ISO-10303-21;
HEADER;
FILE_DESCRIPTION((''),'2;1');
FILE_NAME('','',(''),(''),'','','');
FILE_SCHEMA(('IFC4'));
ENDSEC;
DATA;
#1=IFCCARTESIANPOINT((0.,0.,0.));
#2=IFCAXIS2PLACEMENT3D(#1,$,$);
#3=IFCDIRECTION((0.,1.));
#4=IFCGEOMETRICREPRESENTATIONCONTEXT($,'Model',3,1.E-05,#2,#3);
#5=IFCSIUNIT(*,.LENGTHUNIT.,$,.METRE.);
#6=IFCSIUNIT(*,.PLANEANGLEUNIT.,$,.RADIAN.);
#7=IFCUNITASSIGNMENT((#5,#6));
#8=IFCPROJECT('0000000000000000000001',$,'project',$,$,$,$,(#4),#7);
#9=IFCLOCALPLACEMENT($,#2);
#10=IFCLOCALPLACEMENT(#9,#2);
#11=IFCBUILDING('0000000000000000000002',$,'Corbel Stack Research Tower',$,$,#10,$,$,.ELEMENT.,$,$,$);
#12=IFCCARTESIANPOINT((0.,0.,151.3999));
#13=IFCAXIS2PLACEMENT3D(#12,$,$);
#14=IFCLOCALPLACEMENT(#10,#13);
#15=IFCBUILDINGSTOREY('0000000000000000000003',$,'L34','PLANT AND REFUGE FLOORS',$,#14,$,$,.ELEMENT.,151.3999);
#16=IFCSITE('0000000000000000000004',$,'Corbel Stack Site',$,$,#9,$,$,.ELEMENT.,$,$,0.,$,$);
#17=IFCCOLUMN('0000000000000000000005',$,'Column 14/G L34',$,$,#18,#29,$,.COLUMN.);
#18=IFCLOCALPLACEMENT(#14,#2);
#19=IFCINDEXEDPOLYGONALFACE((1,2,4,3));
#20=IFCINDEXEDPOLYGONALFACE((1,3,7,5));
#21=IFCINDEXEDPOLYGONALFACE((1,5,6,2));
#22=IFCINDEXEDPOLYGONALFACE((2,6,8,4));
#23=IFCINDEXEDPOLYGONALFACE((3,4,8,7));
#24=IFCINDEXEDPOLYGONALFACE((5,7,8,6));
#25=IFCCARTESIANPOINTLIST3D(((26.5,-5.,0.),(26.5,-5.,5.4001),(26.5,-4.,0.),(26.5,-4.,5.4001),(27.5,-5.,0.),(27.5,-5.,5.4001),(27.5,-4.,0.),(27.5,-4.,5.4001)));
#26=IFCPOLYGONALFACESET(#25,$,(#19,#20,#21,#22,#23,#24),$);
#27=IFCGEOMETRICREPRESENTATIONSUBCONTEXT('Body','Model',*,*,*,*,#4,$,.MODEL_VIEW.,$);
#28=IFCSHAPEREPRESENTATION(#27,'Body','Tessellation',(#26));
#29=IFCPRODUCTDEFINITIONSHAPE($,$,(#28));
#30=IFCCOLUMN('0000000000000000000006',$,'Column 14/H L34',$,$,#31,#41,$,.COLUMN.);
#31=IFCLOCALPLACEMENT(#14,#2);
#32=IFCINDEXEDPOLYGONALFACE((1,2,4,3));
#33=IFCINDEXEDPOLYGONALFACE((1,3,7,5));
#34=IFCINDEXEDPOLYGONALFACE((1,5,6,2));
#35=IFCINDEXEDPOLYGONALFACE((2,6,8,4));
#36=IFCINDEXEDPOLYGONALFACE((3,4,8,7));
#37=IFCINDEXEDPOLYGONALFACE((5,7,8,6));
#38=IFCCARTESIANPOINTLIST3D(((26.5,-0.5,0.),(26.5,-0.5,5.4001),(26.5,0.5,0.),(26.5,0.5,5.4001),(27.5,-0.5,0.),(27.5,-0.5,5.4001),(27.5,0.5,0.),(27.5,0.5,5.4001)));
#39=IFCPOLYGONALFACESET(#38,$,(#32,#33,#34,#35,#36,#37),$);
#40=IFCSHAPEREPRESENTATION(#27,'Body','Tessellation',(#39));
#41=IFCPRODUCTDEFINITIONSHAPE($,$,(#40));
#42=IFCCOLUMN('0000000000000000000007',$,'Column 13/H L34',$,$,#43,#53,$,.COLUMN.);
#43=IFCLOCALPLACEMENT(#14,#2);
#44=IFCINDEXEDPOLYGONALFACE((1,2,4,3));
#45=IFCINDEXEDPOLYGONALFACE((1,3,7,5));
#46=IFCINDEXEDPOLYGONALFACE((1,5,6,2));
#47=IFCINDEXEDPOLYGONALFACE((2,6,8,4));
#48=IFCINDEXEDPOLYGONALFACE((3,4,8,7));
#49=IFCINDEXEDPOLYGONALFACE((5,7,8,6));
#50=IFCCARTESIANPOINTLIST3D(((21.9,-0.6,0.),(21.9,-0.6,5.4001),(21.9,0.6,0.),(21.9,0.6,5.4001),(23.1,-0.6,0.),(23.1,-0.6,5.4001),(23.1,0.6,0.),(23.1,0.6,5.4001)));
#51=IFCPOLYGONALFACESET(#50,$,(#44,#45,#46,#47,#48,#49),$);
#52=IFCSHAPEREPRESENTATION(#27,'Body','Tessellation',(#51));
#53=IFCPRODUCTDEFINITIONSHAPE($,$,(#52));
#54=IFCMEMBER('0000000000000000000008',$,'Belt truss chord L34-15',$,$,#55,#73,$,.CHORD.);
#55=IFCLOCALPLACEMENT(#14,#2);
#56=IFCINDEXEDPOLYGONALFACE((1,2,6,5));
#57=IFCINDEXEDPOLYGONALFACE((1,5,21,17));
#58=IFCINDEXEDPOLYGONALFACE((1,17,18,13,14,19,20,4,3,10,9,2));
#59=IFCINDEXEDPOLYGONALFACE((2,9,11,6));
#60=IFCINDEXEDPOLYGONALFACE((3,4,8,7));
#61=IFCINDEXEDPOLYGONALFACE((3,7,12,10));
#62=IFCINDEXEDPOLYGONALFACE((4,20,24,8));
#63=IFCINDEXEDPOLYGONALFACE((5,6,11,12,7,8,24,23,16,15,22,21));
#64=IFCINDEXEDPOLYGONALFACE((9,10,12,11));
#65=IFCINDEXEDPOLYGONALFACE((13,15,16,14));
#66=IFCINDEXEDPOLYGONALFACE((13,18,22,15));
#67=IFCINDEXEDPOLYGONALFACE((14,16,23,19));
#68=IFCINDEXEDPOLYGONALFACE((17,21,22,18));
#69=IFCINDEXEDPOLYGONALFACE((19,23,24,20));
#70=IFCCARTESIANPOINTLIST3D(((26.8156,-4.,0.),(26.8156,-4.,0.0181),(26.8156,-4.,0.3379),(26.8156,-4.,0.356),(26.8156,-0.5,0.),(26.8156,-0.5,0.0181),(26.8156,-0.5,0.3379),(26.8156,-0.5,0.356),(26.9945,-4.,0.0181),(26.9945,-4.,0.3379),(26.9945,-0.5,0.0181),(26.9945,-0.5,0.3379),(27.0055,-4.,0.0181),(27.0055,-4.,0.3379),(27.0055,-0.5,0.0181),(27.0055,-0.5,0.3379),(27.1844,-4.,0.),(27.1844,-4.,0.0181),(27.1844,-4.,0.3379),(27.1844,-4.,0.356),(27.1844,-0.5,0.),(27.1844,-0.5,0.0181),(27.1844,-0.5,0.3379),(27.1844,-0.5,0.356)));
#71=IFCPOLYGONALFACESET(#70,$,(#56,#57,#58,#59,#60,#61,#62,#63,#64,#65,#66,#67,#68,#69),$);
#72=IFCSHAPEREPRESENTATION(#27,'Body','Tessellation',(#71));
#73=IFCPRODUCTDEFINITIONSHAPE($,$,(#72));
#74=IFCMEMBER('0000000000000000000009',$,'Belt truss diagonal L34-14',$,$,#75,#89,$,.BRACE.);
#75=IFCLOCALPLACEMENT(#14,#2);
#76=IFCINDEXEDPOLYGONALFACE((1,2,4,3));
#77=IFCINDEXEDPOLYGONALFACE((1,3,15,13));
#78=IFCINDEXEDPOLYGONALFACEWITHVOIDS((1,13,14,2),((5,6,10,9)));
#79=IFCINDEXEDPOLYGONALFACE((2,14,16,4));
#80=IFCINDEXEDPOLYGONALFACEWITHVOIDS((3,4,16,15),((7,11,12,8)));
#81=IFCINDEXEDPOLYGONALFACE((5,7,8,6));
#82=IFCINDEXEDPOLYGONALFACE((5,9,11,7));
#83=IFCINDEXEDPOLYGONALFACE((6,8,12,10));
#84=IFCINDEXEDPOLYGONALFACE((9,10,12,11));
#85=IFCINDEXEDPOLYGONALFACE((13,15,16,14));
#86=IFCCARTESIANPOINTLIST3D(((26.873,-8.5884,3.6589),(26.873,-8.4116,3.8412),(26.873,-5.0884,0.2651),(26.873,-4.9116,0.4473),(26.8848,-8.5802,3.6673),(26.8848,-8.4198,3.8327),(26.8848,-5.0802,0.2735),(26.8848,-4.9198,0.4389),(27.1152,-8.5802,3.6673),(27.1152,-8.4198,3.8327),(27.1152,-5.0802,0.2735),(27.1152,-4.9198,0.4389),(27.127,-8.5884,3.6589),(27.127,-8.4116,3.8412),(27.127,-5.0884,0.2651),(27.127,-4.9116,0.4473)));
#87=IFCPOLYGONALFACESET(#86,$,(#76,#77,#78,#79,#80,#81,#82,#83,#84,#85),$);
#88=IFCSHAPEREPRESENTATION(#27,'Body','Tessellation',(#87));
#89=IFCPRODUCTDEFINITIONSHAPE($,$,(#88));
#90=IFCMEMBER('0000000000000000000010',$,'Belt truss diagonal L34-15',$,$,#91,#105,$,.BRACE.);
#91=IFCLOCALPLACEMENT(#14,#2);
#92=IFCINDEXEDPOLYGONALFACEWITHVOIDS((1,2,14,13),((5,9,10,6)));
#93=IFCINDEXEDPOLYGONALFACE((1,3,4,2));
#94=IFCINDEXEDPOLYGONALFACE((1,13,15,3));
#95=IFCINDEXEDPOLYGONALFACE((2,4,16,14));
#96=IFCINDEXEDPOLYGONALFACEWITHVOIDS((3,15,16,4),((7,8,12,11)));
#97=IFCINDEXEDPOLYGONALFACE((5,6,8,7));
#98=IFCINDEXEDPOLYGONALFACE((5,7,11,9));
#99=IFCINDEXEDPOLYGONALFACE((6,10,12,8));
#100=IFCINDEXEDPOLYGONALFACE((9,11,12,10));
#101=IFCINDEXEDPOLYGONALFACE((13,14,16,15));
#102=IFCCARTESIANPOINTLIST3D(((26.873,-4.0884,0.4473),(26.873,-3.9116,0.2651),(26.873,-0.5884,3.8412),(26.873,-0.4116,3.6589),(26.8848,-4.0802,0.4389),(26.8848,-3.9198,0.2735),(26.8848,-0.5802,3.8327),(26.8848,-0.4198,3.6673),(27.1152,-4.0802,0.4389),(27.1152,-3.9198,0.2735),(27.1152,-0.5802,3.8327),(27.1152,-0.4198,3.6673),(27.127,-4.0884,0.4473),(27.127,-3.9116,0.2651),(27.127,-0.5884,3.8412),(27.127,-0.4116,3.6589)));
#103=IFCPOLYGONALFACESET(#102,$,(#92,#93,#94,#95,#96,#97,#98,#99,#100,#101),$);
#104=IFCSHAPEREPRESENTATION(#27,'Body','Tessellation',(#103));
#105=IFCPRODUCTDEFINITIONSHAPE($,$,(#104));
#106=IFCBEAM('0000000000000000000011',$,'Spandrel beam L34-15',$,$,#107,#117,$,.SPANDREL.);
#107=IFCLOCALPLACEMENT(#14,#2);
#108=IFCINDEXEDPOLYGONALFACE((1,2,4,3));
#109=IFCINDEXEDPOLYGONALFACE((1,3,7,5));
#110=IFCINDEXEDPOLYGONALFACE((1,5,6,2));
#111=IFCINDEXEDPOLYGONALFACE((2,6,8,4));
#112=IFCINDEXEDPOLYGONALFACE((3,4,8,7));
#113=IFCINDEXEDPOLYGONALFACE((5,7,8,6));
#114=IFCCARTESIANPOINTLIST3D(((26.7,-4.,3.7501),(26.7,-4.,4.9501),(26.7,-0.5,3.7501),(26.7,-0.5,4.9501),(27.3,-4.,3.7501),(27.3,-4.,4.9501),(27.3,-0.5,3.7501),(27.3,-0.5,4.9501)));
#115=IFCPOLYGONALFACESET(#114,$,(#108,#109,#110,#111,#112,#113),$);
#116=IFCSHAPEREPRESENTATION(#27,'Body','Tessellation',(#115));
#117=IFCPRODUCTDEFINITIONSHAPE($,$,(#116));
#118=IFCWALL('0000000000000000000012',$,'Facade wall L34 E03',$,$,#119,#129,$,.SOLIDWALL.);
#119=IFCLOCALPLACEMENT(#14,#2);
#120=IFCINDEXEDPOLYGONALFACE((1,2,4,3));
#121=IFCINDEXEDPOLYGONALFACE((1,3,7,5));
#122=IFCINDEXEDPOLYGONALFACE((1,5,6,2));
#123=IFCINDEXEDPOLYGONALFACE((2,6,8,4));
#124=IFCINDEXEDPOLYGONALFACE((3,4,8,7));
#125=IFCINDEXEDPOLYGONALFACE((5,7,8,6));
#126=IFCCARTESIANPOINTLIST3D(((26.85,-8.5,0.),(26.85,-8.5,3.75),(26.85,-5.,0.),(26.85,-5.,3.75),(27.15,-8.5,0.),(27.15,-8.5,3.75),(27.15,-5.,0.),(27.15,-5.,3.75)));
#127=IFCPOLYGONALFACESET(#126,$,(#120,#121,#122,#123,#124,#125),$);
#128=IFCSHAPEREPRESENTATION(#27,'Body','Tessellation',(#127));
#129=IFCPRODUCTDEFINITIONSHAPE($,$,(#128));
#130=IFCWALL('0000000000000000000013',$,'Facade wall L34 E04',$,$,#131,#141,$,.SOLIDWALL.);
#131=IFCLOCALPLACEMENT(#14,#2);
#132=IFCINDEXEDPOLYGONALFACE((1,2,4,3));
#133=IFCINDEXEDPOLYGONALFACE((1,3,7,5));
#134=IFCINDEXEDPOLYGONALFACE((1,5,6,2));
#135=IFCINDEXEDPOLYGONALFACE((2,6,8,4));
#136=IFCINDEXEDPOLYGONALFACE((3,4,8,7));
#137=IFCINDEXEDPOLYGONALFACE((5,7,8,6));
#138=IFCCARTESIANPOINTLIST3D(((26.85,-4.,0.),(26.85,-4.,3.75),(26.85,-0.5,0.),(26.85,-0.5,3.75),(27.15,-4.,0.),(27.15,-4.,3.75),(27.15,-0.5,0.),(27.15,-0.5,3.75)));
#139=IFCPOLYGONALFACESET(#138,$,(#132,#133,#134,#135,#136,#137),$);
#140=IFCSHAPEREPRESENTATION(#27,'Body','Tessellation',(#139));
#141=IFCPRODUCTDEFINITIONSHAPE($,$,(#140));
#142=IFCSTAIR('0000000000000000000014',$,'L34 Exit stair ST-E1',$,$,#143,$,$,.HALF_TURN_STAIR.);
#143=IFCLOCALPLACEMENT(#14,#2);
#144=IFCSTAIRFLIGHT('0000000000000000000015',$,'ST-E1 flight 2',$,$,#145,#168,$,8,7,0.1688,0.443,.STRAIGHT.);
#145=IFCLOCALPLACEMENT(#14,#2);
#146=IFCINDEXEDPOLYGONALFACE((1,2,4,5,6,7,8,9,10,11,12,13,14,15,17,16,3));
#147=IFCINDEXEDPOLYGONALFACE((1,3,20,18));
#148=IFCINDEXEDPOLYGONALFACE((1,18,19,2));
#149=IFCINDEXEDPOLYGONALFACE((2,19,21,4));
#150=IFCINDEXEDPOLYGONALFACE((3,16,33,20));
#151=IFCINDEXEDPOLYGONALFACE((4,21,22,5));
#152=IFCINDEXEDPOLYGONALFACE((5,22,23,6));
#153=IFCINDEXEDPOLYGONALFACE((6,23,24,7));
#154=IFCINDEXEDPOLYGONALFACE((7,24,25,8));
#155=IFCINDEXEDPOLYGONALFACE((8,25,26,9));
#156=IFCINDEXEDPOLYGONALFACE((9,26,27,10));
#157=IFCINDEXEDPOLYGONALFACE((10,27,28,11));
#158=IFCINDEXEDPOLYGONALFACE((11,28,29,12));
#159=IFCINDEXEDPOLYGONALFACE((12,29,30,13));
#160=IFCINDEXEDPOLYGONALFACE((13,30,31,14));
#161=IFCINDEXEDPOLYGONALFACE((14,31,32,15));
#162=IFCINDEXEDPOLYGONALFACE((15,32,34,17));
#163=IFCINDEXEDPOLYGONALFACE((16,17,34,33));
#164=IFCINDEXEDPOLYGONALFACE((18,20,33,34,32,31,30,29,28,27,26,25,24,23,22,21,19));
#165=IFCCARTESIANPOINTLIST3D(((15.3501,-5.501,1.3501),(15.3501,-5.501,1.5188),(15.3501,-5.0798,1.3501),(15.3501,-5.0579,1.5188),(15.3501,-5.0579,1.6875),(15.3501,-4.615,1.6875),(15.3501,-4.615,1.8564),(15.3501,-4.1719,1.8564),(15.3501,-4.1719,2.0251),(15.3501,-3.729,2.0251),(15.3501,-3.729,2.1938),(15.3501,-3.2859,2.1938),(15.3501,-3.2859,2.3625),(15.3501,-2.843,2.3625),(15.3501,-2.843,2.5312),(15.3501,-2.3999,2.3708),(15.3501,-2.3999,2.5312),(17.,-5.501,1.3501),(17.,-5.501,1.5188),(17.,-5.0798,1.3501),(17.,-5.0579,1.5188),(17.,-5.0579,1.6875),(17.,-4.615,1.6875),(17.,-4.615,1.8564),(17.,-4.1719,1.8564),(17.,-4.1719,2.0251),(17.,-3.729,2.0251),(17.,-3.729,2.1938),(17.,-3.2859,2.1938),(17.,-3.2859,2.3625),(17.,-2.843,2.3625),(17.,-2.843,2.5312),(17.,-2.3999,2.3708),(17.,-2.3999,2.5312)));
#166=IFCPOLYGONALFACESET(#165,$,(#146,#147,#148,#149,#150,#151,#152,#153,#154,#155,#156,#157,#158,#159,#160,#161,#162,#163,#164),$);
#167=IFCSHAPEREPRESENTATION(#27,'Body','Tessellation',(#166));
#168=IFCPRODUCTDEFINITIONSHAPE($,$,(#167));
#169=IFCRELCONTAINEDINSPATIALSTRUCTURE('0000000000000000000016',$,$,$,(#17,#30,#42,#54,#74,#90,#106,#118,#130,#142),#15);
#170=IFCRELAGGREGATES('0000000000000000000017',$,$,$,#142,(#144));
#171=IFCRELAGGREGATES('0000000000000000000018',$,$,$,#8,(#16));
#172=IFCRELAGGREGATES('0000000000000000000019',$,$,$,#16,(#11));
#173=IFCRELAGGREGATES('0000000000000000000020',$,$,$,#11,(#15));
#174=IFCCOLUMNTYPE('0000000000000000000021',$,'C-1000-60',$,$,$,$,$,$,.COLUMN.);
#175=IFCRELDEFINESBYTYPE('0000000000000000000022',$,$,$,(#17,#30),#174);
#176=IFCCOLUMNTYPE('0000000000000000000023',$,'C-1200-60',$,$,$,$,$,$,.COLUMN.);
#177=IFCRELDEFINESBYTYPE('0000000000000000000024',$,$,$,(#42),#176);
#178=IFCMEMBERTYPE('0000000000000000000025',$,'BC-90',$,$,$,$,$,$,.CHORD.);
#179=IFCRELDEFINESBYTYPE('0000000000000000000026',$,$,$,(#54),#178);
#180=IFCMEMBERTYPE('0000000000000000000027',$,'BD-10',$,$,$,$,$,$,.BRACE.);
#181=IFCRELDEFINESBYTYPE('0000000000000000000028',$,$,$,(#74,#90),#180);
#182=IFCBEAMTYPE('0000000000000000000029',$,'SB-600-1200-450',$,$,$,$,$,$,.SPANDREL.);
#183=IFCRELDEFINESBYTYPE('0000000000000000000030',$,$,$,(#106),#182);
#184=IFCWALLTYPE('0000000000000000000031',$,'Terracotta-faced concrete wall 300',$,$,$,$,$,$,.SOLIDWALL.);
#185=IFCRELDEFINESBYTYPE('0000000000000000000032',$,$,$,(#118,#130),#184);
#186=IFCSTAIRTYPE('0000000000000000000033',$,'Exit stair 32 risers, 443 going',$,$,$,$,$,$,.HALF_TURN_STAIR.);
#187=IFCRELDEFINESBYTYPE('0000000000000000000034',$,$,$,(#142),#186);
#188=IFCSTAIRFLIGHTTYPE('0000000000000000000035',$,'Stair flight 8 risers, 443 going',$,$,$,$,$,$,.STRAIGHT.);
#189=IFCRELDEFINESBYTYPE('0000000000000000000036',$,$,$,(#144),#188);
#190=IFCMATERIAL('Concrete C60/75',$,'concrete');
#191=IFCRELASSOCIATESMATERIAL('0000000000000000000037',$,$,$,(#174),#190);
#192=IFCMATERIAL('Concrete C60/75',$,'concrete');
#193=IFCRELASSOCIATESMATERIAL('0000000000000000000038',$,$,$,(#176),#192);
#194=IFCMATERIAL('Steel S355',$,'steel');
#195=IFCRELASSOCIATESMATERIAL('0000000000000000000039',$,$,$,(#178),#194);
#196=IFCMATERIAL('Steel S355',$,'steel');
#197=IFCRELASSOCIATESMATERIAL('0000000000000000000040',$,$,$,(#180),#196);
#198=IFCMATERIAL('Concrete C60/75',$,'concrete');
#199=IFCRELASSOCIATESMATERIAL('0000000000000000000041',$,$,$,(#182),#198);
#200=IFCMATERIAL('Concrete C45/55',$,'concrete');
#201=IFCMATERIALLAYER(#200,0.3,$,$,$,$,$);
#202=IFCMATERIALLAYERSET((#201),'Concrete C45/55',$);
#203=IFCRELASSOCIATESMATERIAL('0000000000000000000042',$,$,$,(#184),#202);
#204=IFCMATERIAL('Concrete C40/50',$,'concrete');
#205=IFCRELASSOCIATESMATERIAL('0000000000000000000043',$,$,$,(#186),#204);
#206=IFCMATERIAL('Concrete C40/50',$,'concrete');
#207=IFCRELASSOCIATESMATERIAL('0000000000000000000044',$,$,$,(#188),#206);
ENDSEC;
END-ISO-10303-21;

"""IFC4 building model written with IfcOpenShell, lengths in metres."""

from ifc_helpers import new_model, si_unit, direction, frame, frame_2d, origin, origin_2d, place, context, subcontext, project, spatial, polyline, rectangle, hollow_rectangle, i_section, outline, extrude, material, layer, layer_set, material_profile, profile_set, type_object, element, aggregate, save


model = new_model("IFC4")

# Units and contexts
model_context = context("Model", 3, precision=1e-05, world=origin(), true_north=direction((0.0, 1.0)))
body_context = subcontext(model_context, "Body", "Model", "MODEL_VIEW")
ifc_project = project(units=[si_unit("LENGTHUNIT", "METRE"), si_unit("PLANEANGLEUNIT", "RADIAN")], contexts=[model_context])

# Site, building, storey
site_placement = place(None, origin())
site = spatial("IfcSite", under=ifc_project, at=site_placement, Name="Corbel Stack Site", CompositionType="ELEMENT", RefElevation=0.0)
building_placement = place(site_placement, origin())
building = spatial("IfcBuilding", under=site, at=building_placement, Name="Corbel Stack Research Tower", CompositionType="ELEMENT")
storey_placement = place(building_placement, frame((0.0, 0.0, 151.3999)))
storey = spatial("IfcBuildingStorey", under=building, at=storey_placement, Name="L34", Description="PLANT AND REFUGE FLOORS", CompositionType="ELEMENT", Elevation=151.3999)

# Columns
ifc_material_1 = material(Name="Concrete C60/75", Category="concrete")
ifc_material_profile_1 = material_profile(ifc_material_1, rectangle(XDim=1.0, YDim=1.0, at=origin_2d()), Name="RC 1000 x 1000")
ifc_profile_set_1 = profile_set([ifc_material_profile_1], Name="Concrete C60/75")
column_type_1 = type_object("IfcColumnType", Name="C-1000-60", PredefinedType="COLUMN", material=ifc_profile_set_1)
for number, where, z_axis, x_axis, name in (
    (1, (27.0, -4.5, 0.0), (0.0, 0.0, 1.0), (1.0, 0.0, 0.0), "Column 14/G L34"),
    (2, (27.0, 0.0, 0.0), (0.0, 0.0, 1.0), (1.0, 0.0, 0.0), "Column 14/H L34"),
):
    element("IfcColumn", number, at=place(storey_placement, frame(where, z_axis=z_axis, x_axis=x_axis)), inside=storey, type_object=column_type_1, Name=name, PredefinedType="COLUMN", context=body_context, shape_type="SweptSolid", body=[
        extrude(rectangle(XDim=1.0, YDim=1.0, at=origin_2d()), origin(), (0.0, 0.0, 1.0), 5.4001),
    ])
ifc_material_2 = material(Name="Concrete C60/75", Category="concrete")
ifc_material_profile_2 = material_profile(ifc_material_2, rectangle(XDim=1.2, YDim=1.2, at=origin_2d()), Name="RC 1200 x 1200")
ifc_profile_set_2 = profile_set([ifc_material_profile_2], Name="Concrete C60/75")
column_type_2 = type_object("IfcColumnType", Name="C-1200-60", PredefinedType="COLUMN", material=ifc_profile_set_2)
column_placement = place(storey_placement, frame((22.5, 0.0, 0.0), z_axis=(0.0, 0.0, 1.0), x_axis=(1.0, 0.0, 0.0)))
element("IfcColumn", 3, at=column_placement, inside=storey, type_object=column_type_2, Name="Column 13/H L34", PredefinedType="COLUMN", context=body_context, shape_type="SweptSolid", body=[
    extrude(rectangle(XDim=1.2, YDim=1.2, at=origin_2d()), origin(), (0.0, 0.0, 1.0), 5.4001),
])

# Members
ifc_material_3 = material(Name="Steel S355", Category="steel")
ifc_material_profile_3 = material_profile(ifc_material_3, i_section(OverallWidth=0.3689, OverallDepth=0.356, WebThickness=0.011, FlangeThickness=0.0181, at=origin_2d()), Name="W14x90")
ifc_profile_set_3 = profile_set([ifc_material_profile_3], Name="Steel S355")
member_type_1 = type_object("IfcMemberType", Name="BC-90", PredefinedType="CHORD", material=ifc_profile_set_3)
member_placement = place(storey_placement, frame((27.0, -4.0, 0.178), z_axis=(0.0, 1.0, 0.0), x_axis=(-1.0, 0.0, 0.0)))
element("IfcMember", 4, at=member_placement, inside=storey, type_object=member_type_1, Name="Belt truss chord L34-15", PredefinedType="CHORD", context=body_context, shape_type="SweptSolid", body=[
    extrude(i_section(OverallWidth=0.3689, OverallDepth=0.356, WebThickness=0.011, FlangeThickness=0.0181, at=origin_2d()), origin(), (0.0, 0.0, 1.0), 3.5),
])
ifc_material_4 = material(Name="Steel S355", Category="steel")
ifc_material_profile_4 = material_profile(ifc_material_4, hollow_rectangle(XDim=0.2539, YDim=0.2539, WallThickness=0.0117, at=origin_2d()), Name="HSS10x10x1/2")
ifc_profile_set_4 = profile_set([ifc_material_profile_4], Name="Steel S355")
member_type_2 = type_object("IfcMemberType", Name="BD-10", PredefinedType="BRACE", material=ifc_profile_set_4)
for number, where, z_axis, x_axis, name in (
    (5, (27.0, -5.0, 0.3562), (0.0, -0.717915, 0.696131), (1.0, 0.0, 0.0), "Belt truss diagonal L34-14"),
    (6, (27.0, -4.0, 0.3562), (0.0, 0.717915, 0.696131), (-1.0, 0.0, 0.0), "Belt truss diagonal L34-15"),
):
    element("IfcMember", number, at=place(storey_placement, frame(where, z_axis=z_axis, x_axis=x_axis)), inside=storey, type_object=member_type_2, Name=name, PredefinedType="BRACE", context=body_context, shape_type="SweptSolid", body=[
        extrude(hollow_rectangle(XDim=0.2539, YDim=0.2539, WallThickness=0.0117, at=origin_2d()), origin(), (0.0, 0.0, 1.0), 4.8752),
    ])

# Beam
ifc_material_5 = material(Name="Concrete C60/75", Category="concrete")
ifc_material_profile_5 = material_profile(ifc_material_5, rectangle(XDim=0.6001, YDim=1.2, at=origin_2d()), Name="RC 600 x 1200")
ifc_profile_set_5 = profile_set([ifc_material_profile_5], Name="Concrete C60/75")
beam_type = type_object("IfcBeamType", Name="SB-600-1200-450", PredefinedType="SPANDREL", material=ifc_profile_set_5)
beam_placement = place(storey_placement, frame((27.0, -4.0, 4.3501), z_axis=(0.0, 1.0, 0.0), x_axis=(-1.0, 0.0, 0.0)))
element("IfcBeam", 7, at=beam_placement, inside=storey, type_object=beam_type, Name="Spandrel beam L34-15", PredefinedType="SPANDREL", context=body_context, shape_type="SweptSolid", body=[
    extrude(rectangle(XDim=0.6001, YDim=1.2, at=origin_2d()), origin(), (0.0, 0.0, 1.0), 3.5),
])

# Walls
ifc_material_6 = material(Name="Concrete C45/55", Category="concrete")
ifc_layer_1 = layer(ifc_material_6, 0.3)
ifc_layer_set_1 = layer_set([ifc_layer_1], Name="Concrete C45/55")
wall_type = type_object("IfcWallType", Name="Terracotta-faced concrete wall 300", PredefinedType="SOLIDWALL", material=ifc_layer_set_1)
for number, where, z_axis, x_axis, name in (
    (8, (27.0, -5.0, 0.0), (0.0, 0.0, 1.0), (0.0, -1.0, 0.0), "Facade wall L34 E03"),
    (9, (27.0, -0.5, 0.0), (0.0, 0.0, 1.0), (0.0, -1.0, 0.0), "Facade wall L34 E04"),
):
    element("IfcWall", number, at=place(storey_placement, frame(where, z_axis=z_axis, x_axis=x_axis)), inside=storey, type_object=wall_type, Name=name, PredefinedType="SOLIDWALL", context=body_context, shape_type="SweptSolid", body=[
        extrude(rectangle(XDim=3.5, YDim=0.3, at=frame_2d((1.75, 0.0))), origin(), (0.0, 0.0, 1.0), 3.75),
    ])

# Stair, stair flight
ifc_material_7 = material(Name="Concrete C40/50", Category="concrete")
stair_type = type_object("IfcStairType", Name="Exit stair 32 risers, 443 going", PredefinedType="HALF_TURN_STAIR", material=ifc_material_7)
stair_placement = place(storey_placement, origin())
stair = element("IfcStair", 10, at=stair_placement, inside=storey, type_object=stair_type, Name="L34 Exit stair ST-E1", PredefinedType="HALF_TURN_STAIR")
ifc_material_8 = material(Name="Concrete C40/50", Category="concrete")
stair_flight_type = type_object("IfcStairFlightType", Name="Stair flight 8 risers, 443 going", PredefinedType="STRAIGHT", material=ifc_material_8)
stair_flight_1_placement = place(storey_placement, frame((16.175, -5.501, 1.3501), z_axis=(0.0, 0.0, 1.0), x_axis=(0.0, 1.0, 0.0)))
stair_flight_1 = element("IfcStairFlight", 11, at=stair_flight_1_placement, type_object=stair_flight_type, Name="ST-E1 flight 2", NumberOfRisers=8, NumberOfTreads=7, PredefinedType="STRAIGHT", RiserHeight=0.1688, TreadLength=0.443, context=body_context, shape_type="SweptSolid", body=[
    extrude(outline(polyline([(0.0, 0.0), (0.0, 0.1687), (0.4431, 0.1687), (0.4431, 0.3374), (0.886, 0.3374), (0.886, 0.5063), (1.3291, 0.5063), (1.3291, 0.675), (1.772, 0.675), (1.772, 0.8438), (2.2151, 0.8438), (2.2151, 1.0125), (2.658, 1.0125), (2.658, 1.1812), (3.1011, 1.1812), (3.1011, 1.3501), (3.1011, 1.0208), (0.4211, 0.0), (0.0, 0.0)])), frame((0.0, 0.825, 0.0), z_axis=(0.0, -1.0, 0.0), x_axis=(1.0, 0.0, 0.0)), (0.0, 0.0, 1.0), 1.6499),
])
aggregate(stair, [stair_flight_1])

save(model, "model.ifc")
